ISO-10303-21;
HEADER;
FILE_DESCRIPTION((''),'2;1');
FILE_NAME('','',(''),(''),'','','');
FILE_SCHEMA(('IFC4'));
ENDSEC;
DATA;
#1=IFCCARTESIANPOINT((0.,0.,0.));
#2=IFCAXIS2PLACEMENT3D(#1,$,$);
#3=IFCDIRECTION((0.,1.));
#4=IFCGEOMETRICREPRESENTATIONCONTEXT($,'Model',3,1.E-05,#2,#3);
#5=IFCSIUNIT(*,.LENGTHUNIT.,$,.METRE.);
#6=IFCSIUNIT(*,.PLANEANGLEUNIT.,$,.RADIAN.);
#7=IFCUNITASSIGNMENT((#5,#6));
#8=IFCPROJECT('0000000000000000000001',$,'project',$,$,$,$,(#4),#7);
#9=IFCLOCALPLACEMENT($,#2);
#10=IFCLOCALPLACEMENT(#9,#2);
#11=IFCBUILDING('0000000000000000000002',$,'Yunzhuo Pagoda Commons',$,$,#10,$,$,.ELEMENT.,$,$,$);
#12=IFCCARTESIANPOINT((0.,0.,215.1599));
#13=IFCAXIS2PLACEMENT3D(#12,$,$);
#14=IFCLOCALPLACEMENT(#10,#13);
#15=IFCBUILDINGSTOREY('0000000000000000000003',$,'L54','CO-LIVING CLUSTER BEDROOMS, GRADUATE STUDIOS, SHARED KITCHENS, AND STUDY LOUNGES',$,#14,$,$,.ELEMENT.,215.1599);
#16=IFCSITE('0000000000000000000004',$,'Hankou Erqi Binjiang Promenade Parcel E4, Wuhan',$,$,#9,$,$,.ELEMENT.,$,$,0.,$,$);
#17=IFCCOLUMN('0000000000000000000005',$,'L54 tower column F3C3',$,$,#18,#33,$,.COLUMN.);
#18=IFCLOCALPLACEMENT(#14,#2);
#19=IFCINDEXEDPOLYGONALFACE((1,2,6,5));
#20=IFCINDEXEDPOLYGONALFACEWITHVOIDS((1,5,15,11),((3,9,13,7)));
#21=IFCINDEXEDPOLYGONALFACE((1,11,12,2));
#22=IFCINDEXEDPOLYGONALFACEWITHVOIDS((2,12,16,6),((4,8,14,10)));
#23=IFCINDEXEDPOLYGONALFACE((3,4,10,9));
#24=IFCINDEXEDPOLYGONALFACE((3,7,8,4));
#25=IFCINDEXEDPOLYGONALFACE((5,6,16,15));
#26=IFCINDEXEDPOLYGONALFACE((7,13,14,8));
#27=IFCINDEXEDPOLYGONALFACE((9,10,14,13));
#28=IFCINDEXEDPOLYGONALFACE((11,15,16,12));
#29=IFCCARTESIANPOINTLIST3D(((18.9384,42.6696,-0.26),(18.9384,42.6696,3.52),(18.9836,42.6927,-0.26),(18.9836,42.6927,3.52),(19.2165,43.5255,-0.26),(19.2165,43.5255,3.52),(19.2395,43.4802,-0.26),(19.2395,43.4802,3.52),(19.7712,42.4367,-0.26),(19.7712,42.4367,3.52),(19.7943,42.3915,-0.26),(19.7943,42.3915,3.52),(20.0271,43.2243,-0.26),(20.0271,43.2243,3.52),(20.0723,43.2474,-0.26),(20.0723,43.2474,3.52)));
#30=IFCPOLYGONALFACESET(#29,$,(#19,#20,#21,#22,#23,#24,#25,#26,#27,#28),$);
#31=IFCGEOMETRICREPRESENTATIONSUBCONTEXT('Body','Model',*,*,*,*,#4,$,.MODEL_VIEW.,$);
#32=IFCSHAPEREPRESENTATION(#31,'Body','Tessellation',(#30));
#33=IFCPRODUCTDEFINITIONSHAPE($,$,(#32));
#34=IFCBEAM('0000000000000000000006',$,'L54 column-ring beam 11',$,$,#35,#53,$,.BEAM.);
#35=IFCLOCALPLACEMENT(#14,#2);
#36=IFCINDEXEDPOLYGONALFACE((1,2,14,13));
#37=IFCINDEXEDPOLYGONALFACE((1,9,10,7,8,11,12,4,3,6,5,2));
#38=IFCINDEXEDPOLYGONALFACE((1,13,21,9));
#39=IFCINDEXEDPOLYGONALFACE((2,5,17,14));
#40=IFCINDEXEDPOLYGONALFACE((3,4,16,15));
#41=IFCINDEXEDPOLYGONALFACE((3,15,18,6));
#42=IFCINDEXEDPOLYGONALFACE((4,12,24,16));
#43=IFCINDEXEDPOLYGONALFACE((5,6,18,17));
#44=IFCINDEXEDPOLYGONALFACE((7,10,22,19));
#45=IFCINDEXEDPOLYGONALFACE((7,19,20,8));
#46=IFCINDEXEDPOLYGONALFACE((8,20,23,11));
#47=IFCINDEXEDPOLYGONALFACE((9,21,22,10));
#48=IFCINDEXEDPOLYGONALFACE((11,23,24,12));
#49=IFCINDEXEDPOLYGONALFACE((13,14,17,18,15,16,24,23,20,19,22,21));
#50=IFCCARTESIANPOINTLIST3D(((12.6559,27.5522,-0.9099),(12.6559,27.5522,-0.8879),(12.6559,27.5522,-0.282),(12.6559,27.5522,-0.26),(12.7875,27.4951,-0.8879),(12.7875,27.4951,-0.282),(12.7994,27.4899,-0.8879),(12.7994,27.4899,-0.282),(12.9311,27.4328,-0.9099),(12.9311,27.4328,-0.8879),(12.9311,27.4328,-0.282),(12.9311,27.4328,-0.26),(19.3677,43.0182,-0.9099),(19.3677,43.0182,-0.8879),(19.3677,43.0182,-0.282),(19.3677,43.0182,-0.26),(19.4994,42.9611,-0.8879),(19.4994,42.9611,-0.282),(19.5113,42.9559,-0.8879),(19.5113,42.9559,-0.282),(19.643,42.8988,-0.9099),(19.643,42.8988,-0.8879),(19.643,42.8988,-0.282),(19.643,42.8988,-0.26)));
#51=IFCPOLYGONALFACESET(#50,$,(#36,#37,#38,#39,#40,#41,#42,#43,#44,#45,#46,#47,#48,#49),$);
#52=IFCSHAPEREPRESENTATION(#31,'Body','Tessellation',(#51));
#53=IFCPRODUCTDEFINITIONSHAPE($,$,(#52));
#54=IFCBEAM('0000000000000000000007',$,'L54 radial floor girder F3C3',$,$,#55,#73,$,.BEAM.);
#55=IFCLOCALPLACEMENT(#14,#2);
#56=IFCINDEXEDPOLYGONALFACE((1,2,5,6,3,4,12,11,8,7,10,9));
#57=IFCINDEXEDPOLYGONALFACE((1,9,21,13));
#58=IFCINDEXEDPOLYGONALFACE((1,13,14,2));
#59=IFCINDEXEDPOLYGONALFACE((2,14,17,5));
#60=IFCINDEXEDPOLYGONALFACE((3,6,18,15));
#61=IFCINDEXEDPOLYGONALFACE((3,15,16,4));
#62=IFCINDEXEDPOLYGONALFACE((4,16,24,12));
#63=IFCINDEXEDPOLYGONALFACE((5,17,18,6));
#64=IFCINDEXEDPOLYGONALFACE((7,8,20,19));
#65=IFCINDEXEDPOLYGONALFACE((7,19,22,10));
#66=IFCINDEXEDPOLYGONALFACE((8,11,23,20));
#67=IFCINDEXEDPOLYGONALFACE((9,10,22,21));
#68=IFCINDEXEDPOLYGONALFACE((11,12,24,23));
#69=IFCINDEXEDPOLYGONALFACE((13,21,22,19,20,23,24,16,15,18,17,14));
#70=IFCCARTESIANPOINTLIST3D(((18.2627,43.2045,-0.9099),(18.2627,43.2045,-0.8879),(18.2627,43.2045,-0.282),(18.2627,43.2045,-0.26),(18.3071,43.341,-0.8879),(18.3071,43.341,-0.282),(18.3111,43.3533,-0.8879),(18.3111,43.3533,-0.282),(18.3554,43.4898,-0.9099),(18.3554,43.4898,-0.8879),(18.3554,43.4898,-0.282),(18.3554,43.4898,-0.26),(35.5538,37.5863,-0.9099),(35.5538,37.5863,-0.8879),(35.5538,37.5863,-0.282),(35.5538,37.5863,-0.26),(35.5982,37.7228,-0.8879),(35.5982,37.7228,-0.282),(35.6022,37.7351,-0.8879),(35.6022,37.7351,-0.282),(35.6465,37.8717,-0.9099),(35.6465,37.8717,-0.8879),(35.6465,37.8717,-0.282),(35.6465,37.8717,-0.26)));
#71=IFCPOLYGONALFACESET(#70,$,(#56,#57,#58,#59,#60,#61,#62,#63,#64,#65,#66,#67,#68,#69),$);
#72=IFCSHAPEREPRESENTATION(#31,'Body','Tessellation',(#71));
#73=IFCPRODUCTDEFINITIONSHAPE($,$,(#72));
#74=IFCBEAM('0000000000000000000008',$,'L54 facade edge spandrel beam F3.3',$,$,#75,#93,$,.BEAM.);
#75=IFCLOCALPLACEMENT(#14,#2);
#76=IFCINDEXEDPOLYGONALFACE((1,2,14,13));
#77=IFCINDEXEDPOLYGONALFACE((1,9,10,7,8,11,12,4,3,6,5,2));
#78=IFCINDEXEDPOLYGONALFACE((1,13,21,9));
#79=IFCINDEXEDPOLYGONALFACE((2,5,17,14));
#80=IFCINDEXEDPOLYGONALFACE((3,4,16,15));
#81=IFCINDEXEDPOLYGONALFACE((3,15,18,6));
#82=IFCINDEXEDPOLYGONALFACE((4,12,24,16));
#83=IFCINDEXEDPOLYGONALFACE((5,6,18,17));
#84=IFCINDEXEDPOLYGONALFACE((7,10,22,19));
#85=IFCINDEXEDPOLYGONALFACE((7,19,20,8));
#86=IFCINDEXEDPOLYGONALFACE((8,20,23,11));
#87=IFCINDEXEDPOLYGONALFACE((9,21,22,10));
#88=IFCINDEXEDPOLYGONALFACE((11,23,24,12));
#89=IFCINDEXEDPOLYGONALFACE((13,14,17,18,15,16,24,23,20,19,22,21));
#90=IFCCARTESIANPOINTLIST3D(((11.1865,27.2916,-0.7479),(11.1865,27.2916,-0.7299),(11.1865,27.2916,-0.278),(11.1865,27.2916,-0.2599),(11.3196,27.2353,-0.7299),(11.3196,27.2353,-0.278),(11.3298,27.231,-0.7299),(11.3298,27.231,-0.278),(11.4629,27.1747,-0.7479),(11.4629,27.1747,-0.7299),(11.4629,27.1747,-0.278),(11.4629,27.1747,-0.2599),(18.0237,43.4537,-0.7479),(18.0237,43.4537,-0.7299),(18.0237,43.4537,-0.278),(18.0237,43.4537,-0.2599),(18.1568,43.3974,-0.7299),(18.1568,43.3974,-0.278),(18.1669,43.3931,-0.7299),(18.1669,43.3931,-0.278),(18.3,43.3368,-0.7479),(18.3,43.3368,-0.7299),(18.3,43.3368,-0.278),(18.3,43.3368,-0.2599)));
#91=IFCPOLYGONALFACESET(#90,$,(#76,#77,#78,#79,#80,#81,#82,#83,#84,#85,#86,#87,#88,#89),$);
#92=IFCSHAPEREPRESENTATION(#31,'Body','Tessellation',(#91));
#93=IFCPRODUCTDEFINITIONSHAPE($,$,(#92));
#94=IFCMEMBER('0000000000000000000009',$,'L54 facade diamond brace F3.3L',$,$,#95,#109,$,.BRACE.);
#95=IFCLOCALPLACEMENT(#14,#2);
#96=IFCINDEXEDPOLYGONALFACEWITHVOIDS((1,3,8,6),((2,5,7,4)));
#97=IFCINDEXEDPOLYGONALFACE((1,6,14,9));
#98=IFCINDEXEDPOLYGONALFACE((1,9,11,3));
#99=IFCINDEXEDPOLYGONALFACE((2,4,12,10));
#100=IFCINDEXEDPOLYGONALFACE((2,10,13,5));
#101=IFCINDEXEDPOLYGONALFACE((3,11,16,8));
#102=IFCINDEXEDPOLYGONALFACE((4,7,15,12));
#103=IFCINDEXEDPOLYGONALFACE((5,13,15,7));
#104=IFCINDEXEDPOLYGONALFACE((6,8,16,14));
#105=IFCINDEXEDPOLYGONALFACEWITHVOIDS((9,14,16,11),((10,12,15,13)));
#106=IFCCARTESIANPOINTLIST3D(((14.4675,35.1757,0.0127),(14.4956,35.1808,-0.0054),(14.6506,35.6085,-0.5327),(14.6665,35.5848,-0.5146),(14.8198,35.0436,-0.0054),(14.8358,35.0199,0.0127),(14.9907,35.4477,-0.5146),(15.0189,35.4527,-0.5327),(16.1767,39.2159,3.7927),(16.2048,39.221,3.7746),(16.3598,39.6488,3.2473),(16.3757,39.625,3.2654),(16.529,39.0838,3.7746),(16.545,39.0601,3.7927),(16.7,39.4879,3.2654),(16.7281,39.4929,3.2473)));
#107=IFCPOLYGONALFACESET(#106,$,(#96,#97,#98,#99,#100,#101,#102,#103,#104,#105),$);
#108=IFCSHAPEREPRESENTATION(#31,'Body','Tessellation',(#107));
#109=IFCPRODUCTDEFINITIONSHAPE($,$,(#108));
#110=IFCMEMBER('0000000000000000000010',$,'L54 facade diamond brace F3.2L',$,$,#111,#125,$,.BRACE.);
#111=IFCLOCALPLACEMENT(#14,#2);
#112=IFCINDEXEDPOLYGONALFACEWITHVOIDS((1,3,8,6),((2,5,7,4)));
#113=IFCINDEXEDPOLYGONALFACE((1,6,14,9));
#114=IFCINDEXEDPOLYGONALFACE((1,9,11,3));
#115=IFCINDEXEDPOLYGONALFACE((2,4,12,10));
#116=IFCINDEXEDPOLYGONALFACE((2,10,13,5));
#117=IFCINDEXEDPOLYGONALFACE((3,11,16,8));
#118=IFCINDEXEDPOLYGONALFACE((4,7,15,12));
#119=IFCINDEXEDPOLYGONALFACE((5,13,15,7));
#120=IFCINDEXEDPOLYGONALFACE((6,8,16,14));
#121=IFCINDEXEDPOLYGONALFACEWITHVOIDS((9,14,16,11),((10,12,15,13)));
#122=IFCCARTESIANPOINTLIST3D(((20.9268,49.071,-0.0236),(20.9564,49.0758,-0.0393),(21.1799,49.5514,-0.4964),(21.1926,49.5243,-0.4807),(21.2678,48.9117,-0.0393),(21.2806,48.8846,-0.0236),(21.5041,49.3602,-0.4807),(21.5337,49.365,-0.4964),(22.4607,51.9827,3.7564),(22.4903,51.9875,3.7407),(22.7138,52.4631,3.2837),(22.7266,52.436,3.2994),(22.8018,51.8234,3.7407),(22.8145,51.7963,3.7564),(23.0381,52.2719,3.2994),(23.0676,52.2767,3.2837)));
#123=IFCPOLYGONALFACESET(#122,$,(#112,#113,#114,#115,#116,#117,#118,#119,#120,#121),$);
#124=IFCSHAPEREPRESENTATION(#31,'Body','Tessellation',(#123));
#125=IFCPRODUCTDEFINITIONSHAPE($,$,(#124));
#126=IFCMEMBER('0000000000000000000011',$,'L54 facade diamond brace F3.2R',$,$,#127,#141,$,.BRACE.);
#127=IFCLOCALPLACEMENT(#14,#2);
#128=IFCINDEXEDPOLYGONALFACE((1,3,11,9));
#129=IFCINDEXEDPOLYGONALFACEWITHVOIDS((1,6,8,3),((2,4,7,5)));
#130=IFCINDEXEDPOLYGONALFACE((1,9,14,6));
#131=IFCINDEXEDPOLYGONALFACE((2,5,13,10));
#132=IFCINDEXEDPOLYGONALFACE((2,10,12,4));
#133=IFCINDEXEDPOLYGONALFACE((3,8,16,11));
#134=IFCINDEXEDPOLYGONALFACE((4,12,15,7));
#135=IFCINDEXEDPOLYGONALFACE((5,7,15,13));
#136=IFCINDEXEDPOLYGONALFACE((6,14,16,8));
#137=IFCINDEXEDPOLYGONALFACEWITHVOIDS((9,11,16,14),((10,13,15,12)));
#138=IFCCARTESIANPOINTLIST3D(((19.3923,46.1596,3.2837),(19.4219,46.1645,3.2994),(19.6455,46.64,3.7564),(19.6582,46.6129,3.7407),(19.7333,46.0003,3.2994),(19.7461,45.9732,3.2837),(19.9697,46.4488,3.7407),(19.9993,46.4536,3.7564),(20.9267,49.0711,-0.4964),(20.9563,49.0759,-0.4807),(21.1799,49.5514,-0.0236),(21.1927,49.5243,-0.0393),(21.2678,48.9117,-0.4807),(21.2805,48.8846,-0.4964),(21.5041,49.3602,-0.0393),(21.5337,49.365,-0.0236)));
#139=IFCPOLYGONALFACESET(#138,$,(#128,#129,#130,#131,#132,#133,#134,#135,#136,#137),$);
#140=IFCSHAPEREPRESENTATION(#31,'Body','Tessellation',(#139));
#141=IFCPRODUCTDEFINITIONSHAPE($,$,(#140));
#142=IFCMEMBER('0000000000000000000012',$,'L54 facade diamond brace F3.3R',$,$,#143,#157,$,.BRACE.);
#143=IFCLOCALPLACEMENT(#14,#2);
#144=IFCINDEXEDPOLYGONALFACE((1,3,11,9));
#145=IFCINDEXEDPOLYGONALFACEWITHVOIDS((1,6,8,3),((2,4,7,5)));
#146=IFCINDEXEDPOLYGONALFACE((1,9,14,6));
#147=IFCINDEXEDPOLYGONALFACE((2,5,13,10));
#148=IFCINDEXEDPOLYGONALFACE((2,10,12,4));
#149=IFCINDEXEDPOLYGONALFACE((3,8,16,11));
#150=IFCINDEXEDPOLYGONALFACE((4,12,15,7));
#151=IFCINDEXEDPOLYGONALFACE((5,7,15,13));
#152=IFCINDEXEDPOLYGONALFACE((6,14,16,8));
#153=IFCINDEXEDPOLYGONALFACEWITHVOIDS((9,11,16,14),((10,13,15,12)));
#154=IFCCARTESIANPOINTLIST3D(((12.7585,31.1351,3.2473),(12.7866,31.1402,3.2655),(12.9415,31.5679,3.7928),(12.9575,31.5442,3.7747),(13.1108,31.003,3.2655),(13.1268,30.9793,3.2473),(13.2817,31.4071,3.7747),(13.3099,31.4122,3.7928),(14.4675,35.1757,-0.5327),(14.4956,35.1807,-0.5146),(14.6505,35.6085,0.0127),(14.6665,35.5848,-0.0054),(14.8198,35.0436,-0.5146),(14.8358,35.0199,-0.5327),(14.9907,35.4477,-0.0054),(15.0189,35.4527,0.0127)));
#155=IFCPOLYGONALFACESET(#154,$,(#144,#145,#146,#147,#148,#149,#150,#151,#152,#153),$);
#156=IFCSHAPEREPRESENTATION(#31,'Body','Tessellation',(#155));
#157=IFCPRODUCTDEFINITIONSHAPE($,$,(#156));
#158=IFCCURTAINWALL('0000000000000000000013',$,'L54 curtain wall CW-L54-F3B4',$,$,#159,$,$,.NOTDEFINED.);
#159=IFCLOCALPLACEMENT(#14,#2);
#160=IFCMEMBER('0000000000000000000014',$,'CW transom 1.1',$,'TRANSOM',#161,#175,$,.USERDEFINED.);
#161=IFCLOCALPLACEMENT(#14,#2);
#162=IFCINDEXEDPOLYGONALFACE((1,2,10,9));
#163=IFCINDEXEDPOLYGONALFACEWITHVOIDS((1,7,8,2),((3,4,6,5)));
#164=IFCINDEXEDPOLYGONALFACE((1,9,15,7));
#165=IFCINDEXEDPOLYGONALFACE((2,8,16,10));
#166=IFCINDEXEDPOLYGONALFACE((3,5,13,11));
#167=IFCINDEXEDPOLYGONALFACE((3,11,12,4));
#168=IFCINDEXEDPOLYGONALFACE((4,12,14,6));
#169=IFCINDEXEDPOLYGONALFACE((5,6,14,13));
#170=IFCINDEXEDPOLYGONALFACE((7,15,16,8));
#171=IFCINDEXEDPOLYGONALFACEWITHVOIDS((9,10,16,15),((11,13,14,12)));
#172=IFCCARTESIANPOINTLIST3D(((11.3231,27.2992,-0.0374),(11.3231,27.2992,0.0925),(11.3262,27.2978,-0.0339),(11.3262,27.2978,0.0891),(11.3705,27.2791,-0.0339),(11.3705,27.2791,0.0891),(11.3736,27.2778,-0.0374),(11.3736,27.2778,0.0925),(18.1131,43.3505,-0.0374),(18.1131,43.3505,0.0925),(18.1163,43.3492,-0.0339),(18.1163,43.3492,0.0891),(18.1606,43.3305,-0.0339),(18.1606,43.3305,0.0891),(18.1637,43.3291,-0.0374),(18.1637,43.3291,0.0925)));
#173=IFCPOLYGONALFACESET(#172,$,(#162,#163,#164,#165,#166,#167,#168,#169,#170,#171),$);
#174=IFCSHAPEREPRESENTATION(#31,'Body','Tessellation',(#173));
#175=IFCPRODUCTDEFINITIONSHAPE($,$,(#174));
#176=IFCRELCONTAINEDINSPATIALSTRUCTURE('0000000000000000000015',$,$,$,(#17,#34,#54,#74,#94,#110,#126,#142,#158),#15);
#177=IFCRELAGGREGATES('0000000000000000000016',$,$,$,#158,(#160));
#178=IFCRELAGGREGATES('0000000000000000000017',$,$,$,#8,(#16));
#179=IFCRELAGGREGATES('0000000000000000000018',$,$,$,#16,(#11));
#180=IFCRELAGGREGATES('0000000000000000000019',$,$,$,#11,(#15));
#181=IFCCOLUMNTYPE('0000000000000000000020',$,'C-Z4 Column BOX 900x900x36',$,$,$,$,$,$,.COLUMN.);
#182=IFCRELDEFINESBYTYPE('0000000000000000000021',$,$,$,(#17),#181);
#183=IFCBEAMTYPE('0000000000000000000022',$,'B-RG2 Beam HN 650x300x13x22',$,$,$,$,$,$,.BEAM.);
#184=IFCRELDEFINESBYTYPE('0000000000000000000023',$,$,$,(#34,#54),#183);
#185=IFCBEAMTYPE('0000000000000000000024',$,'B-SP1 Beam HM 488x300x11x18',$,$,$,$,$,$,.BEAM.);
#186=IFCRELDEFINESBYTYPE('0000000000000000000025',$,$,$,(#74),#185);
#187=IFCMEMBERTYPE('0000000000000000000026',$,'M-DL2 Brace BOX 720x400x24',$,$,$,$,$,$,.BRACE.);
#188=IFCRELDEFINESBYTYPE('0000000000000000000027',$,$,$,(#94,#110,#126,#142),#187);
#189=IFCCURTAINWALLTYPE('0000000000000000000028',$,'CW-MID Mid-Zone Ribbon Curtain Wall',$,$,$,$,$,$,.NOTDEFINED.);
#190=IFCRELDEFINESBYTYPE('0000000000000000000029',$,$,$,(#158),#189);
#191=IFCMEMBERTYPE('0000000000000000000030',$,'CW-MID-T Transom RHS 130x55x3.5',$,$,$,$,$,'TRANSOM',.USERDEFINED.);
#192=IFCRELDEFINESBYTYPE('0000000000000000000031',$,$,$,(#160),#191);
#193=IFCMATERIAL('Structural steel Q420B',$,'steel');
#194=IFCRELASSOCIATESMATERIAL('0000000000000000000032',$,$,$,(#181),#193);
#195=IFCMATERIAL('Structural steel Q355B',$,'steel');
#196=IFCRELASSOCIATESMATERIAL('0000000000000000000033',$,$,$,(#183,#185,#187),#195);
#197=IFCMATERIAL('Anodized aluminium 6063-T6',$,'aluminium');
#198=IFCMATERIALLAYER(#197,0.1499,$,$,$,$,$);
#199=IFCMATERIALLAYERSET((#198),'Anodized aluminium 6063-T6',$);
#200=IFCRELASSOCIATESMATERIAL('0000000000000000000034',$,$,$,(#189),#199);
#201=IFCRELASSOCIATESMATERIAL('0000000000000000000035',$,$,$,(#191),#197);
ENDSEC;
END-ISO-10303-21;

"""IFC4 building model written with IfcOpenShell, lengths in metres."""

from ifc_helpers import new_model, si_unit, direction, frame, origin, origin_2d, place, context, subcontext, project, spatial, hollow_rectangle, i_section, extrude, source, transform, mapped, material, layer, layer_set, material_profile, profile_set, type_object, element, aggregate, save


model = new_model("IFC4")

# Units and contexts
model_context = context("Model", 3, precision=1e-05, world=origin(), true_north=direction((0.0, 1.0)))
body_context = subcontext(model_context, "Body", "Model", "MODEL_VIEW")
ifc_project = project(units=[si_unit("LENGTHUNIT", "METRE"), si_unit("PLANEANGLEUNIT", "RADIAN")], contexts=[model_context])

# Site, building, storey
site_placement = place(None, origin())
site = spatial("IfcSite", under=ifc_project, at=site_placement, Name="Hankou Erqi Binjiang Promenade Parcel E4, Wuhan", CompositionType="ELEMENT", RefElevation=0.0)
building_placement = place(site_placement, origin())
building = spatial("IfcBuilding", under=site, at=building_placement, Name="Yunzhuo Pagoda Commons", CompositionType="ELEMENT")
storey_placement = place(building_placement, frame((0.0, 0.0, 215.1599)))
storey = spatial("IfcBuildingStorey", under=building, at=storey_placement, Name="L54", Description="CO-LIVING CLUSTER BEDROOMS, GRADUATE STUDIOS, SHARED KITCHENS, AND STUDY LOUNGES", CompositionType="ELEMENT", Elevation=215.1599)

# Column
ifc_material_1 = material(Name="Structural steel Q420B", Category="steel")
ifc_material_profile_1 = material_profile(ifc_material_1, hollow_rectangle(XDim=0.8999, YDim=0.8999, WallThickness=0.0359, at=origin_2d()), Name="Structural steel Q420B")
ifc_profile_set_1 = profile_set([ifc_material_profile_1], Name="Structural steel Q420B")
column_type = type_object("IfcColumnType", Name="C-Z4 Column BOX 900x900x36", PredefinedType="COLUMN", material=ifc_profile_set_1)
shared_shape_1 = source(origin(), body_context, "Body", "SweptSolid", [
    extrude(hollow_rectangle(XDim=0.8999, YDim=0.8999, WallThickness=0.0359, at=origin_2d()), origin(), (0.0, 0.0, 1.0), 3.78),
])
column_placement = place(storey_placement, frame((19.5054, 42.9585, -0.26), z_axis=(0.0, 0.0, 1.0), x_axis=(-0.309017, -0.951057, 0.0)))
element("IfcColumn", 1, at=column_placement, inside=storey, type_object=column_type, Name="L54 tower column F3C3", PredefinedType="COLUMN", context=body_context, shape_type="MappedRepresentation", body=[
    mapped(shared_shape_1, transform((0.0, 0.0, 0.0), scale=1.0)),
])

# Beams
ifc_material_2 = material(Name="Structural steel Q355B", Category="steel")
ifc_material_profile_2 = material_profile(ifc_material_2, i_section(OverallWidth=0.3, OverallDepth=0.6499, WebThickness=0.0129, FlangeThickness=0.022, at=origin_2d()), Name="Structural steel Q355B")
ifc_profile_set_2 = profile_set([ifc_material_profile_2], Name="Structural steel Q355B")
beam_type_1 = type_object("IfcBeamType", Name="B-RG2 Beam HN 650x300x13x22", PredefinedType="BEAM", material=ifc_profile_set_2)
shared_shape_2 = source(origin(), body_context, "Body", "SweptSolid", [
    extrude(i_section(OverallWidth=0.3, OverallDepth=0.6499, WebThickness=0.0129, FlangeThickness=0.022, at=origin_2d()), origin(), (0.0, 0.0, 1.0), 16.8596),
])
beam_1_placement = place(storey_placement, frame((19.5054, 42.9585, -0.585), z_axis=(-0.398104, -0.91734, 0.0), x_axis=(0.91734, -0.398104, 0.0)))
element("IfcBeam", 2, at=beam_1_placement, inside=storey, type_object=beam_type_1, Name="L54 column-ring beam 11", PredefinedType="BEAM", context=body_context, shape_type="MappedRepresentation", body=[
    mapped(shared_shape_2, transform((0.0, 0.0, 0.0), scale=1.0)),
])
shared_shape_3 = source(origin(), body_context, "Body", "SweptSolid", [
    extrude(i_section(OverallWidth=0.3, OverallDepth=0.6499, WebThickness=0.0129, FlangeThickness=0.022, at=origin_2d()), origin(), (0.0, 0.0, 1.0), 18.1809),
])
beam_2_placement = place(storey_placement, frame((18.3091, 43.3472, -0.585), z_axis=(0.951057, -0.309016, 0.0), x_axis=(0.309016, 0.951057, 0.0)))
element("IfcBeam", 3, at=beam_2_placement, inside=storey, type_object=beam_type_1, Name="L54 radial floor girder F3C3", PredefinedType="BEAM", context=body_context, shape_type="MappedRepresentation", body=[
    mapped(shared_shape_3, transform((0.0, 0.0, 0.0), scale=1.0)),
])
ifc_material_profile_3 = material_profile(ifc_material_2, i_section(OverallWidth=0.3, OverallDepth=0.488, WebThickness=0.011, FlangeThickness=0.0181, at=origin_2d()), Name="Structural steel Q355B")
ifc_profile_set_3 = profile_set([ifc_material_profile_3], Name="Structural steel Q355B")
beam_type_2 = type_object("IfcBeamType", Name="B-SP1 Beam HM 488x300x11x18", PredefinedType="BEAM", material=ifc_profile_set_3)
shared_shape_4 = source(origin(), body_context, "Body", "SweptSolid", [
    extrude(i_section(OverallWidth=0.3, OverallDepth=0.488, WebThickness=0.011, FlangeThickness=0.0181, at=origin_2d()), origin(), (0.0, 0.0, 1.0), 17.5488),
])
beam_3_placement = place(storey_placement, frame((18.1619, 43.3953, -0.5039), z_axis=(-0.389608, -0.920981, 0.0), x_axis=(0.920981, -0.389608, 0.0)))
element("IfcBeam", 4, at=beam_3_placement, inside=storey, type_object=beam_type_2, Name="L54 facade edge spandrel beam F3.3", PredefinedType="BEAM", context=body_context, shape_type="MappedRepresentation", body=[
    mapped(shared_shape_4, transform((0.0, 0.0, 0.0), scale=1.0)),
])

# Members
ifc_material_profile_4 = material_profile(ifc_material_2, hollow_rectangle(XDim=0.3999, YDim=0.72, WallThickness=0.0239, at=origin_2d()), Name="Structural steel Q355B")
ifc_profile_set_4 = profile_set([ifc_material_profile_4], Name="Structural steel Q355B")
member_type_1 = type_object("IfcMemberType", Name="M-DL2 Brace BOX 720x400x24", PredefinedType="BRACE", material=ifc_profile_set_4)
shared_shape_5 = source(origin(), body_context, "Body", "SweptSolid", [
    extrude(hollow_rectangle(XDim=0.3999, YDim=0.72, WallThickness=0.0239, at=origin_2d()), origin(), (0.0, 0.0, 1.0), 5.7908),
])
member_1_placement = place(storey_placement, frame((14.7432, 35.3142, -0.26), z_axis=(0.29516, 0.697701, 0.652759), x_axis=(-0.920977, 0.389616, 0.0)))
element("IfcMember", 5, at=member_1_placement, inside=storey, type_object=member_type_1, Name="L54 facade diamond brace F3.3L", PredefinedType="BRACE", context=body_context, shape_type="MappedRepresentation", body=[
    mapped(shared_shape_5, transform((0.0, 0.0, 0.0), scale=1.0)),
])
shared_shape_6 = source(origin(), body_context, "Body", "SweptSolid", [
    extrude(hollow_rectangle(XDim=0.3999, YDim=0.72, WallThickness=0.0239, at=origin_2d()), origin(), (0.0, 0.0, 1.0), 5.012),
])
for number, where, z_axis, x_axis, name in (
    (6, (21.2302, 49.218, -0.26), (0.306059, 0.580942, 0.754211), (-0.88473, 0.466104, 0.0), "L54 facade diamond brace F3.2L"),
    (7, (21.2302, 49.218, -0.26), (-0.306156, -0.580892, 0.75421), (0.884653, -0.466251, 0.0), "L54 facade diamond brace F3.2R"),
):
    element("IfcMember", number, at=place(storey_placement, frame(where, z_axis=z_axis, x_axis=x_axis)), inside=storey, type_object=member_type_1, Name=name, PredefinedType="BRACE", context=body_context, shape_type="MappedRepresentation", body=[
        mapped(shared_shape_6, transform((0.0, 0.0, 0.0), scale=1.0)),
    ])
shared_shape_7 = source(origin(), body_context, "Body", "SweptSolid", [
    extrude(hollow_rectangle(XDim=0.3999, YDim=0.72, WallThickness=0.0239, at=origin_2d()), origin(), (0.0, 0.0, 1.0), 5.791),
])
member_2_placement = place(storey_placement, frame((14.7432, 35.3142, -0.26), z_axis=(-0.295113, -0.697731, 0.652748), x_axis=(0.921006, -0.389549, 0.0)))
element("IfcMember", 8, at=member_2_placement, inside=storey, type_object=member_type_1, Name="L54 facade diamond brace F3.3R", PredefinedType="BRACE", context=body_context, shape_type="MappedRepresentation", body=[
    mapped(shared_shape_7, transform((0.0, 0.0, 0.0), scale=1.0)),
])

# Curtain wall, member
ifc_material_3 = material(Name="Anodized aluminium 6063-T6", Category="aluminium")
ifc_layer_1 = layer(ifc_material_3, 0.1499)
ifc_layer_set_1 = layer_set([ifc_layer_1], Name="Anodized aluminium 6063-T6")
curtain_wall_type = type_object("IfcCurtainWallType", Name="CW-MID Mid-Zone Ribbon Curtain Wall", PredefinedType="NOTDEFINED", material=ifc_layer_set_1)
curtain_wall_1_placement = place(storey_placement, origin())
curtain_wall_1 = element("IfcCurtainWall", 9, at=curtain_wall_1_placement, inside=storey, type_object=curtain_wall_type, Name="L54 curtain wall CW-L54-F3B4", PredefinedType="NOTDEFINED")
ifc_material_profile_5 = material_profile(ifc_material_3, hollow_rectangle(XDim=0.0549, YDim=0.1299, WallThickness=0.0034, at=origin_2d()), Name="Anodized aluminium 6063-T6")
ifc_profile_set_5 = profile_set([ifc_material_profile_5], Name="Anodized aluminium 6063-T6")
member_type_2 = type_object("IfcMemberType", Name="CW-MID-T Transom RHS 130x55x3.5", ElementType="TRANSOM", PredefinedType="USERDEFINED", material=ifc_profile_set_5)
shared_shape_8 = source(origin(), body_context, "Body", "SweptSolid", [
    extrude(hollow_rectangle(XDim=0.0549, YDim=0.1299, WallThickness=0.0034, at=origin_2d()), origin(), (0.0, 0.0, 1.0), 17.4285),
])
member_3_placement = place(storey_placement, frame((18.1384, 43.3398, 0.0276), z_axis=(-0.389597, -0.920985, 0.0), x_axis=(0.920985, -0.389597, 0.0)))
member_3 = element("IfcMember", 10, at=member_3_placement, type_object=member_type_2, Name="CW transom 1.1", ObjectType="TRANSOM", PredefinedType="USERDEFINED", context=body_context, shape_type="MappedRepresentation", body=[
    mapped(shared_shape_8, transform((0.0, 0.0, 0.0), scale=1.0)),
])

aggregate(curtain_wall_1, [member_3])

save(model, "model.ifc")
